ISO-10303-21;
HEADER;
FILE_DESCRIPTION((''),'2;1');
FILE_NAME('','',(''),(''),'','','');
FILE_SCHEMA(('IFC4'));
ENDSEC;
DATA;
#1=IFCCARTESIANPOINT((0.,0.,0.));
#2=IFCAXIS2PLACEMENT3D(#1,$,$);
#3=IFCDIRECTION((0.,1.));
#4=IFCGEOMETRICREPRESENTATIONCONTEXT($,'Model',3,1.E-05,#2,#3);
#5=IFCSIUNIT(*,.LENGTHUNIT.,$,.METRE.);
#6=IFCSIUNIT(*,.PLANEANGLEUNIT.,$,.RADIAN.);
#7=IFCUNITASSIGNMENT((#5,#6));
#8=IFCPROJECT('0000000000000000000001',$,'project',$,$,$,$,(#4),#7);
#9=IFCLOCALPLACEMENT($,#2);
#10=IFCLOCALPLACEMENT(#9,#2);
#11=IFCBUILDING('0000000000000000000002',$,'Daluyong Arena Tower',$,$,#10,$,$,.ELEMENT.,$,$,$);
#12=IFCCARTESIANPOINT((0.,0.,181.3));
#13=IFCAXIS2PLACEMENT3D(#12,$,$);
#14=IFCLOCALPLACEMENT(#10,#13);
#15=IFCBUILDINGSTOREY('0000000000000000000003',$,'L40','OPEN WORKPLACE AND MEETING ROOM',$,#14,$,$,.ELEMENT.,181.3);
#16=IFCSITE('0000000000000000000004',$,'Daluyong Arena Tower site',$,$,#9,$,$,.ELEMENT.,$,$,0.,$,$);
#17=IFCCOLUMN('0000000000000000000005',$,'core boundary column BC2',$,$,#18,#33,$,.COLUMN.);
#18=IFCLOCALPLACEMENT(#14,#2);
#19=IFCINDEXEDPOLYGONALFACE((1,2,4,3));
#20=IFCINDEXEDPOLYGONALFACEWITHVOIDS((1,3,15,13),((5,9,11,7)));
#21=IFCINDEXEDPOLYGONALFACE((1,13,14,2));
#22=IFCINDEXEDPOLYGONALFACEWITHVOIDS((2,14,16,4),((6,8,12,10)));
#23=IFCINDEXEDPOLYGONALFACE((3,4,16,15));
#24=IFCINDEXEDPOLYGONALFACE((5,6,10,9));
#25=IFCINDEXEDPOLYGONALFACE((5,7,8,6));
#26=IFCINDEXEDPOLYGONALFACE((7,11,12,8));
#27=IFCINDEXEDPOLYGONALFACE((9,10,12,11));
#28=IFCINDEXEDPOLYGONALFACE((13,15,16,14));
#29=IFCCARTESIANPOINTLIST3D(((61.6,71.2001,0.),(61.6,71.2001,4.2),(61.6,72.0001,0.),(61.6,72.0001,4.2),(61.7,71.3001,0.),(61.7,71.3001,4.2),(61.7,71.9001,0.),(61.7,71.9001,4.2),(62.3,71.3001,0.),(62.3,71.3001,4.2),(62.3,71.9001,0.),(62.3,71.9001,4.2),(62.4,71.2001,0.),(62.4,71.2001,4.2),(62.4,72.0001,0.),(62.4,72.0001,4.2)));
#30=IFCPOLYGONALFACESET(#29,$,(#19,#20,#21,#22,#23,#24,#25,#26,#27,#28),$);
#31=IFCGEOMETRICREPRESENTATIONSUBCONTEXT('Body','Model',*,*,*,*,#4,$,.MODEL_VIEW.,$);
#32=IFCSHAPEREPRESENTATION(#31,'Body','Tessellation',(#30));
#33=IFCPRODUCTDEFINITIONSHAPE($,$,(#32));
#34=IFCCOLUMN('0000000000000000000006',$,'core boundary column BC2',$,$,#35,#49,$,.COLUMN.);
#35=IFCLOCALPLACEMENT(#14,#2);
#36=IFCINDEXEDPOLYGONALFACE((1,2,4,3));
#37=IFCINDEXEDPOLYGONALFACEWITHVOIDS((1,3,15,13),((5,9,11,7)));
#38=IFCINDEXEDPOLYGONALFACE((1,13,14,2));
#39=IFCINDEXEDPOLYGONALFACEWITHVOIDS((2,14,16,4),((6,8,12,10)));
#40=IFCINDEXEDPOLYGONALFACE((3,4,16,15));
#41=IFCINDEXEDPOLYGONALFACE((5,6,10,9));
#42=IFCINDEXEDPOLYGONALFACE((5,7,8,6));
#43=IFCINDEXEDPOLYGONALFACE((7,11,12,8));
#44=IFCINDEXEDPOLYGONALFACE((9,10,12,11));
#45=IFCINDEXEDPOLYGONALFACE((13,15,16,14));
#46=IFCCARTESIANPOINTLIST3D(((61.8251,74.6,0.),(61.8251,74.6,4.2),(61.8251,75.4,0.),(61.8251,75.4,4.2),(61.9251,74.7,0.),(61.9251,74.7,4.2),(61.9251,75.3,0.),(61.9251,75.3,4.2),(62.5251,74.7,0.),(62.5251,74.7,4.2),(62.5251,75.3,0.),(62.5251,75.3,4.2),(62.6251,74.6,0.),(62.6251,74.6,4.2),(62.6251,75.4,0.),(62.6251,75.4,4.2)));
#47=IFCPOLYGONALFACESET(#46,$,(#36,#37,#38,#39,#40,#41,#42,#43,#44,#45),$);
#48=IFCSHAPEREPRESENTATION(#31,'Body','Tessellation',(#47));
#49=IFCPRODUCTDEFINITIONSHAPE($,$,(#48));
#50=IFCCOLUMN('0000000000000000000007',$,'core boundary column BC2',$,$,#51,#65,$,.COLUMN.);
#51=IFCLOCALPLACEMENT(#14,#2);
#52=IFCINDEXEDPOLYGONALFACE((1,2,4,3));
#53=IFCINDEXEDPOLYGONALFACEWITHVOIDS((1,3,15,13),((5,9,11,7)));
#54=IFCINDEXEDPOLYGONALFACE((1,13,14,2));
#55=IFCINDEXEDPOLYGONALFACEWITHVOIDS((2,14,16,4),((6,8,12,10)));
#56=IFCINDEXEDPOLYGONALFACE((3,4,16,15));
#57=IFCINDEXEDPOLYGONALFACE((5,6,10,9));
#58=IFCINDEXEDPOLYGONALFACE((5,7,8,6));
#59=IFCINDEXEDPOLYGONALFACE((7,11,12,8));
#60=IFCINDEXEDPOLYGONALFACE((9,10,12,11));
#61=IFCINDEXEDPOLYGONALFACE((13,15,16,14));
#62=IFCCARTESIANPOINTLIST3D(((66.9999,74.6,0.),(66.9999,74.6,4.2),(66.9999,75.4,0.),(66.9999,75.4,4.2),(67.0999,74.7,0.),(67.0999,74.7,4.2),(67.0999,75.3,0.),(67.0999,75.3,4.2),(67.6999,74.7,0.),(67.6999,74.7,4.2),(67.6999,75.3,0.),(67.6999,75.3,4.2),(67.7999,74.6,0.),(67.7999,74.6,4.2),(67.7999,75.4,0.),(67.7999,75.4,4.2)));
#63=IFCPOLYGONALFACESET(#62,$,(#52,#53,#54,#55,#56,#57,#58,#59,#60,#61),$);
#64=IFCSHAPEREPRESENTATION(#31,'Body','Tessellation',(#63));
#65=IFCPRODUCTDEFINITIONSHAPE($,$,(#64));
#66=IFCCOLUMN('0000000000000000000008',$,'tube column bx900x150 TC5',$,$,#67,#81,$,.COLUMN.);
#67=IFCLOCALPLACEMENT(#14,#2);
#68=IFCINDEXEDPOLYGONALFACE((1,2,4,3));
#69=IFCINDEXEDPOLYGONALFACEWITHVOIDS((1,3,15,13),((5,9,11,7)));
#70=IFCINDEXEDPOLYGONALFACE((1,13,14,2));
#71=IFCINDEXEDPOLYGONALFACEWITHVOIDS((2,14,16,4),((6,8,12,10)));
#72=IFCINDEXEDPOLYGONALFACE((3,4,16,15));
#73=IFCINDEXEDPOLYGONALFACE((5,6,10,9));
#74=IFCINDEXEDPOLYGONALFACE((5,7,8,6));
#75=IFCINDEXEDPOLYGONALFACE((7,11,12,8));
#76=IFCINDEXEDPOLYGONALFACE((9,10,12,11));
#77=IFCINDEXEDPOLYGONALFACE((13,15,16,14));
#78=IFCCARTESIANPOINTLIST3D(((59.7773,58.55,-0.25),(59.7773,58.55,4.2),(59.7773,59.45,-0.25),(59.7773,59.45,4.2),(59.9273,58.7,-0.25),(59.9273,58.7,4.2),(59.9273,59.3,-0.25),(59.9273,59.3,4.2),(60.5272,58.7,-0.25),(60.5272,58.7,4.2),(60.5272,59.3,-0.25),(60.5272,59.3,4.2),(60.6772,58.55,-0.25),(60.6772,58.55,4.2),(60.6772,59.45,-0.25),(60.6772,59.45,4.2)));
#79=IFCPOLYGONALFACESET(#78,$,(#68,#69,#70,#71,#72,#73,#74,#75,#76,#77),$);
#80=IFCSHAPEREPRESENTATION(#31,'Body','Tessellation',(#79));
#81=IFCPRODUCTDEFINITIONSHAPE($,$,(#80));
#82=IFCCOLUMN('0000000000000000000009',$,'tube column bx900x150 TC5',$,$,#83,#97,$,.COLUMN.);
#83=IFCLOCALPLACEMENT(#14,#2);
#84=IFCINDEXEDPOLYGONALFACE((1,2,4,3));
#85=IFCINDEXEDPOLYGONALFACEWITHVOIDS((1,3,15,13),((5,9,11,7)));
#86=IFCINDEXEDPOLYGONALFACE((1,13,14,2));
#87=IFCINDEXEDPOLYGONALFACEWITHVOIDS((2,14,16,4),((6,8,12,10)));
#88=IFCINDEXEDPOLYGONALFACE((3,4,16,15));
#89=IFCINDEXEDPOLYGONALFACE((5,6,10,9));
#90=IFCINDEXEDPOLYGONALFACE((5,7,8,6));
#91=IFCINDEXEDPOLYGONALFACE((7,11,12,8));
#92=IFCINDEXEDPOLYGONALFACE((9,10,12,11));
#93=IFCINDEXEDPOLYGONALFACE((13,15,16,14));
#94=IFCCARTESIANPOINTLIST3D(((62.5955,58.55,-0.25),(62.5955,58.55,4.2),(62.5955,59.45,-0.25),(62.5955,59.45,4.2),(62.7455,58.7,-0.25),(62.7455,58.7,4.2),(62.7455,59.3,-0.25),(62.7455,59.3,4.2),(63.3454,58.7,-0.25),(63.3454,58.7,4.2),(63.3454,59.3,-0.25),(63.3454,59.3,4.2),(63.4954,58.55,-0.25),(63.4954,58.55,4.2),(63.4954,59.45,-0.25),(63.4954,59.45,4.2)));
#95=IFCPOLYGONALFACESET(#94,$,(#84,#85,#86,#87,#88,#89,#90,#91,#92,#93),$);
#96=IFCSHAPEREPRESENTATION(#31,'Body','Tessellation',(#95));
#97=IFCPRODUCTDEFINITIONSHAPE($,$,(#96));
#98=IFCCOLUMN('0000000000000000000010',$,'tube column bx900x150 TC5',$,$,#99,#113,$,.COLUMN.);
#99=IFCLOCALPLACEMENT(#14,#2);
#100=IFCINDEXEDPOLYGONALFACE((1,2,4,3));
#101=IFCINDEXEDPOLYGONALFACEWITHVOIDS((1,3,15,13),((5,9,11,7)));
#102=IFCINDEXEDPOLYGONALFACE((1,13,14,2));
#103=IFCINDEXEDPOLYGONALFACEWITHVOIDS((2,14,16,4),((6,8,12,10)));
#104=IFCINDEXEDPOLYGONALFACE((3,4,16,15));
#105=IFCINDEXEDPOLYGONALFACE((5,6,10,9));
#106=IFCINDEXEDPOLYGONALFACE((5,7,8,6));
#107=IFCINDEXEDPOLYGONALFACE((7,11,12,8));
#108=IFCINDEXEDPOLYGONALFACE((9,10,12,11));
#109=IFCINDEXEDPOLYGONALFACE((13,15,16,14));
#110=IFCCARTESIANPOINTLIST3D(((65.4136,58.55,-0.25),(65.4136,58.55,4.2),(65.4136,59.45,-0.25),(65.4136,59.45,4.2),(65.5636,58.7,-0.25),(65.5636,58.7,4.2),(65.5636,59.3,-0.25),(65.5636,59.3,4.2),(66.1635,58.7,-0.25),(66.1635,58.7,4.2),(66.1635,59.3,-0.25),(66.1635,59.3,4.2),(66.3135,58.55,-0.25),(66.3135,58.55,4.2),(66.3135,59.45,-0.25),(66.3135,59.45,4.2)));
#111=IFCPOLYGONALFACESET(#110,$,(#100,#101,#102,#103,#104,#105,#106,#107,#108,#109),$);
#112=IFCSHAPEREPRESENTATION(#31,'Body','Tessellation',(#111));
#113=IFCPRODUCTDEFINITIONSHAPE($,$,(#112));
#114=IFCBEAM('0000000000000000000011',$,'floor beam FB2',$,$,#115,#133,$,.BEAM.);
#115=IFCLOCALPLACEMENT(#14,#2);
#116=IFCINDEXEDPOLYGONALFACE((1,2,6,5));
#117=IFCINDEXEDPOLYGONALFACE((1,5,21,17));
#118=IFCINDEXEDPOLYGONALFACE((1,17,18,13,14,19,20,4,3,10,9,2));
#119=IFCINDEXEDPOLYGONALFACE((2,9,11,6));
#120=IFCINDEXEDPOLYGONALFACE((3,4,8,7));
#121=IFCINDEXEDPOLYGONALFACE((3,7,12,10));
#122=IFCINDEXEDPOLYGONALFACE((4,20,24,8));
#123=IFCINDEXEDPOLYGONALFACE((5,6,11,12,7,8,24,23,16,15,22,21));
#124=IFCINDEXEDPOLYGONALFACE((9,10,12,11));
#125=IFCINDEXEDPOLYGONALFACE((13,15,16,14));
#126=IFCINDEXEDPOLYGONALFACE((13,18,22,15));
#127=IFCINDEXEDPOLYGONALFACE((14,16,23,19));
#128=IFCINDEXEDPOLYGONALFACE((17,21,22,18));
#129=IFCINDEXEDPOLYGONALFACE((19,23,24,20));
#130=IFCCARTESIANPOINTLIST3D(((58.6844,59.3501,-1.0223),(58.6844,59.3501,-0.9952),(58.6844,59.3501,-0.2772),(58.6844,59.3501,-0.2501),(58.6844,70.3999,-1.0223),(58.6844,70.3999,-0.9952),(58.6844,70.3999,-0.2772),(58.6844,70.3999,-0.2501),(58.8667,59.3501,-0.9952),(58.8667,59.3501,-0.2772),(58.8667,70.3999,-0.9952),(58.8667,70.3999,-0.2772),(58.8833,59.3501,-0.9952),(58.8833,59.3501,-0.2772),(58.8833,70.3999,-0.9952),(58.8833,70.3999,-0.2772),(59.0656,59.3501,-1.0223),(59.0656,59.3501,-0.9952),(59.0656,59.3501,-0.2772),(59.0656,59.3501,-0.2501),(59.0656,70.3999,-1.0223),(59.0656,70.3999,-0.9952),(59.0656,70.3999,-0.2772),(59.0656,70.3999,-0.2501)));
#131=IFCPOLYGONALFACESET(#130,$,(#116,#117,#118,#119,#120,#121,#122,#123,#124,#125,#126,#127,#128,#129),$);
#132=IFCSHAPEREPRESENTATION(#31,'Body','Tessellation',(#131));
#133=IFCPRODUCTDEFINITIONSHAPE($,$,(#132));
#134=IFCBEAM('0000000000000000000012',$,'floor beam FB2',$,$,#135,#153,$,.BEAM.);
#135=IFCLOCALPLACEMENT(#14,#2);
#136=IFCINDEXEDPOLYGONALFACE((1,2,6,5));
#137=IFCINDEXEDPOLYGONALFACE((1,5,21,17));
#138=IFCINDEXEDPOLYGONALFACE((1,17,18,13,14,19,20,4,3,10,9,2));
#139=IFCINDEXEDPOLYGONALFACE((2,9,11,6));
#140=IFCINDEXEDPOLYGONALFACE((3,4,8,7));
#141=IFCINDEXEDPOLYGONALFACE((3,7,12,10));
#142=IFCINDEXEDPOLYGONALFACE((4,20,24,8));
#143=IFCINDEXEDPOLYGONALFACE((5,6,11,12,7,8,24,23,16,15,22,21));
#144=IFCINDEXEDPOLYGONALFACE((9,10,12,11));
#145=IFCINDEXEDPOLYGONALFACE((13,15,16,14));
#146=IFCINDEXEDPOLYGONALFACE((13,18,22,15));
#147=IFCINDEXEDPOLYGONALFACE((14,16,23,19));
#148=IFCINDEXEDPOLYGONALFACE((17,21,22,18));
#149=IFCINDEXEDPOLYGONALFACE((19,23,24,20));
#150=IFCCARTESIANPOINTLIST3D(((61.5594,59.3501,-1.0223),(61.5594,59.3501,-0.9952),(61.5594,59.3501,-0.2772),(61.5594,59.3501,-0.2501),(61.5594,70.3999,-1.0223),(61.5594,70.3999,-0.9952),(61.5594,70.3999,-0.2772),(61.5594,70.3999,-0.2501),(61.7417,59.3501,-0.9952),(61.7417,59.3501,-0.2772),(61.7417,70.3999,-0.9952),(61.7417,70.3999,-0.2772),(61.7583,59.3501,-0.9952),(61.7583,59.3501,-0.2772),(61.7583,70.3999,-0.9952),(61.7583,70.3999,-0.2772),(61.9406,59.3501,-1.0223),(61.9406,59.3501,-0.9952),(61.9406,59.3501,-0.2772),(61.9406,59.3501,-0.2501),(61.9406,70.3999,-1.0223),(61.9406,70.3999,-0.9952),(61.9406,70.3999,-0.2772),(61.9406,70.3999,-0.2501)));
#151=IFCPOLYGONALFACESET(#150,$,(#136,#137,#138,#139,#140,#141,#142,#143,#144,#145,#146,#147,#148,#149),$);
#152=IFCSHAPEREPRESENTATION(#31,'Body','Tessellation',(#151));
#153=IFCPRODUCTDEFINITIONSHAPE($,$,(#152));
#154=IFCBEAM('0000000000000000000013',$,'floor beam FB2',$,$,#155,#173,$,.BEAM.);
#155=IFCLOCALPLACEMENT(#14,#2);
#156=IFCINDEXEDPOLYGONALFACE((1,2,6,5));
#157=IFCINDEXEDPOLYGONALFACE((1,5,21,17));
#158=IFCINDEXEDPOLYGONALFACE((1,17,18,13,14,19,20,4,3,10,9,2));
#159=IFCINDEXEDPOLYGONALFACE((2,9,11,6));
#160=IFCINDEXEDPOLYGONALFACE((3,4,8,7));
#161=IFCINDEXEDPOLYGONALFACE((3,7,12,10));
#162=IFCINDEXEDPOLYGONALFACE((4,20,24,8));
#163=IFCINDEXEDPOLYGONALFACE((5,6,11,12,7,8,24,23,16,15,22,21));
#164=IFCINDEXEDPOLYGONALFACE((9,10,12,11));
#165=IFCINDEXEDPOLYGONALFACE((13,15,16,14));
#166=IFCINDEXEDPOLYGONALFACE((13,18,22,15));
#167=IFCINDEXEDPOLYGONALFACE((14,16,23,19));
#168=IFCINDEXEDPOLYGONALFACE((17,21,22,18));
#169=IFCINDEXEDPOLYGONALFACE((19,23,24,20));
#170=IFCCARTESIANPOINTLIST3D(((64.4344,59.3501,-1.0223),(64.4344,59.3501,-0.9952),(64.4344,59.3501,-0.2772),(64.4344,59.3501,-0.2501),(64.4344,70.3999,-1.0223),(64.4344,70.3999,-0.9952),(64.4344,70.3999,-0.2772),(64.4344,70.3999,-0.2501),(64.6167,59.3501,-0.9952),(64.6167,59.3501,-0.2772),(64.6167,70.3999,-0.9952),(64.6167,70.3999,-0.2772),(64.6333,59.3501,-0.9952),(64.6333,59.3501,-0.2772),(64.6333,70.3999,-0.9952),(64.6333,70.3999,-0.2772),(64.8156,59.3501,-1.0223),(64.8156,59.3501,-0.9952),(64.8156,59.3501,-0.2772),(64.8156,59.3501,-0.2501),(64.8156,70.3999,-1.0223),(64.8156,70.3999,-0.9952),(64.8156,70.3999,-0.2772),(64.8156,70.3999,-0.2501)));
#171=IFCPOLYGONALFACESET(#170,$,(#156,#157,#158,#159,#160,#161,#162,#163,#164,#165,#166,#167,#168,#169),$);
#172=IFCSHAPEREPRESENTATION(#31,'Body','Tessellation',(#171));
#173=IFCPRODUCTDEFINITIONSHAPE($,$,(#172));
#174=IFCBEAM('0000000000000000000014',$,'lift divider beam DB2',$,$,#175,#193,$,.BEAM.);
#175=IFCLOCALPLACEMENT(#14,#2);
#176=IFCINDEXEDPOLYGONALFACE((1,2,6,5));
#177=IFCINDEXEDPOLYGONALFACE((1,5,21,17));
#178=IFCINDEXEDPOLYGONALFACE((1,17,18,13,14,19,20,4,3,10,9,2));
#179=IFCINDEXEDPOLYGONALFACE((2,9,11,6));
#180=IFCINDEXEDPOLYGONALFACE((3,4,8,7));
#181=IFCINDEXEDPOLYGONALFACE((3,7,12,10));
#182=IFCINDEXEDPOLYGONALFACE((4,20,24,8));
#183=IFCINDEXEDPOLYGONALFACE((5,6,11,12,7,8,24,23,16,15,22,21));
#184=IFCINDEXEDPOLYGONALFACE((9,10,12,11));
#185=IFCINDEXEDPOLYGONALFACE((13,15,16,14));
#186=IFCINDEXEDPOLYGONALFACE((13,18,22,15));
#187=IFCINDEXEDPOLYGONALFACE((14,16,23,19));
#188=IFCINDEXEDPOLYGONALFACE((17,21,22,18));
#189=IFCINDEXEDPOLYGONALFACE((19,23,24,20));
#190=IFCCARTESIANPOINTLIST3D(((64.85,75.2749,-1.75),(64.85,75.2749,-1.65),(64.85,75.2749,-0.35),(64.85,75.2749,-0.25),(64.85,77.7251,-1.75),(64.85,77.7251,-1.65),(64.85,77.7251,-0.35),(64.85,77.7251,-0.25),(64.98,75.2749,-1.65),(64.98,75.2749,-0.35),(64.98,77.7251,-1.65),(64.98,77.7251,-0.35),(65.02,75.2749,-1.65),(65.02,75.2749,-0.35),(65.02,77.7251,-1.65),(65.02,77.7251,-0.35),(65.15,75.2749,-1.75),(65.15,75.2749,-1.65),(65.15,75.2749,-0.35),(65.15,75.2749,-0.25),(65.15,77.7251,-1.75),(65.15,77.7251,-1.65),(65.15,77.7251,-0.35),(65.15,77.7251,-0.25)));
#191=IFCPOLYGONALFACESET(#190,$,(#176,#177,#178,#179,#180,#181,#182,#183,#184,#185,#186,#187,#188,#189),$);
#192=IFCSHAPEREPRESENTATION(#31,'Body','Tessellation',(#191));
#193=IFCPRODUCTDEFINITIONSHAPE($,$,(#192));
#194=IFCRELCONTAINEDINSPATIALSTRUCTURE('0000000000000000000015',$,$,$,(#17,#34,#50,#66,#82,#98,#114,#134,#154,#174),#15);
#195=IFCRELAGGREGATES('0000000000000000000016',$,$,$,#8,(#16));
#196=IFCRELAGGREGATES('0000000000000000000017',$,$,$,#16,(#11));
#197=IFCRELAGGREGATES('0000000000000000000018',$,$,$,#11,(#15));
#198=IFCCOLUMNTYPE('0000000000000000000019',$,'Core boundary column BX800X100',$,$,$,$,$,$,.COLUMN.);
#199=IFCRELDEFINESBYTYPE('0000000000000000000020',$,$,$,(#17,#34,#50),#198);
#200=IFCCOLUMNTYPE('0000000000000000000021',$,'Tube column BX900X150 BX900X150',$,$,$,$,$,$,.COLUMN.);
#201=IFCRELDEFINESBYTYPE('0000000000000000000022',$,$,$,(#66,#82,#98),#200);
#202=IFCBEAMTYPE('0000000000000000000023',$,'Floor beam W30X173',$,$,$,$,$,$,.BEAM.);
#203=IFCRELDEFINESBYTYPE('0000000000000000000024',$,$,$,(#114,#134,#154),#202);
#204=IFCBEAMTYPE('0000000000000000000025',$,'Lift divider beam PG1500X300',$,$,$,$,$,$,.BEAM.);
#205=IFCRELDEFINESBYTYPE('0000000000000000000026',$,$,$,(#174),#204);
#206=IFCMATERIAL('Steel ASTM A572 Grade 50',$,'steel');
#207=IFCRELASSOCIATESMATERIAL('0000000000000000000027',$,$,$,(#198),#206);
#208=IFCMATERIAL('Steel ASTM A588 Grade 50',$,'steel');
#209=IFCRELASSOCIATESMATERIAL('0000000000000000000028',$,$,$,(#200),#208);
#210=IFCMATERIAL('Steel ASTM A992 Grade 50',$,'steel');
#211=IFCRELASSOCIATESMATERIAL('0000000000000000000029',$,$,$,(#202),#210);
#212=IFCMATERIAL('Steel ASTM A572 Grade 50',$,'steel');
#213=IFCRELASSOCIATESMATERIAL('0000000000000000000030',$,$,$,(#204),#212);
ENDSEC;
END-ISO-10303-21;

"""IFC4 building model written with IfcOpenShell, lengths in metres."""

from ifc_helpers import new_model, si_unit, direction, frame, origin, origin_2d, place, context, subcontext, project, spatial, hollow_rectangle, i_section, extrude, material, material_profile, profile_set, type_object, element, save


model = new_model("IFC4")

# Units and contexts
model_context = context("Model", 3, precision=1e-05, world=origin(), true_north=direction((0.0, 1.0)))
body_context = subcontext(model_context, "Body", "Model", "MODEL_VIEW")
ifc_project = project(units=[si_unit("LENGTHUNIT", "METRE"), si_unit("PLANEANGLEUNIT", "RADIAN")], contexts=[model_context])

# Site, building, storey
site_placement = place(None, origin())
site = spatial("IfcSite", under=ifc_project, at=site_placement, Name="Daluyong Arena Tower site", CompositionType="ELEMENT", RefElevation=0.0)
building_placement = place(site_placement, origin())
building = spatial("IfcBuilding", under=site, at=building_placement, Name="Daluyong Arena Tower", CompositionType="ELEMENT")
storey_placement = place(building_placement, frame((0.0, 0.0, 181.3)))
storey = spatial("IfcBuildingStorey", under=building, at=storey_placement, Name="L40", Description="OPEN WORKPLACE AND MEETING ROOM", CompositionType="ELEMENT", Elevation=181.3)

# Columns
ifc_material_1 = material(Name="Steel ASTM A572 Grade 50", Category="steel")
ifc_material_profile_1 = material_profile(ifc_material_1, hollow_rectangle(XDim=0.8, YDim=0.8, WallThickness=0.1, at=origin_2d()))
ifc_profile_set_1 = profile_set([ifc_material_profile_1], Name="Steel ASTM A572 Grade 50")
column_type_1 = type_object("IfcColumnType", Name="Core boundary column BX800X100", PredefinedType="COLUMN", material=ifc_profile_set_1)
for number, where, z_axis, x_axis, name in (
    (1, (62.0, 71.6001, 0.0), (0.0, 0.0, 1.0), (1.0, 0.0, 0.0), "core boundary column BC2"),
    (2, (62.2251, 75.0, 0.0), (0.0, 0.0, 1.0), (1.0, 0.0, 0.0), "core boundary column BC2"),
    (3, (67.3999, 75.0, 0.0), (0.0, 0.0, 1.0), (1.0, 0.0, 0.0), "core boundary column BC2"),
):
    element("IfcColumn", number, at=place(storey_placement, frame(where, z_axis=z_axis, x_axis=x_axis)), inside=storey, type_object=column_type_1, Name=name, PredefinedType="COLUMN", context=body_context, shape_type="SweptSolid", body=[
        extrude(hollow_rectangle(XDim=0.8, YDim=0.8, WallThickness=0.1, at=origin_2d()), origin(), (0.0, 0.0, 1.0), 4.2),
    ])
ifc_material_2 = material(Name="Steel ASTM A588 Grade 50", Category="steel")
ifc_material_profile_2 = material_profile(ifc_material_2, hollow_rectangle(XDim=0.8999, YDim=0.8999, WallThickness=0.15, at=origin_2d()))
ifc_profile_set_2 = profile_set([ifc_material_profile_2], Name="Steel ASTM A588 Grade 50")
column_type_2 = type_object("IfcColumnType", Name="Tube column BX900X150 BX900X150", PredefinedType="COLUMN", material=ifc_profile_set_2)
for number, where, z_axis, x_axis, name in (
    (4, (60.2273, 59.0, -0.25), (0.0, 0.0, 1.0), (1.0, 0.0, 0.0), "tube column bx900x150 TC5"),
    (5, (63.0454, 59.0, -0.25), (0.0, 0.0, 1.0), (1.0, 0.0, 0.0), "tube column bx900x150 TC5"),
    (6, (65.8635, 59.0, -0.25), (0.0, 0.0, 1.0), (1.0, 0.0, 0.0), "tube column bx900x150 TC5"),
):
    element("IfcColumn", number, at=place(storey_placement, frame(where, z_axis=z_axis, x_axis=x_axis)), inside=storey, type_object=column_type_2, Name=name, PredefinedType="COLUMN", context=body_context, shape_type="SweptSolid", body=[
        extrude(hollow_rectangle(XDim=0.8999, YDim=0.8999, WallThickness=0.15, at=origin_2d()), origin(), (0.0, 0.0, 1.0), 4.45),
    ])

# Beams
ifc_material_3 = material(Name="Steel ASTM A992 Grade 50", Category="steel")
ifc_material_profile_3 = material_profile(ifc_material_3, i_section(OverallWidth=0.3811, OverallDepth=0.7722, WebThickness=0.0166, FlangeThickness=0.0271, at=origin_2d()))
ifc_profile_set_3 = profile_set([ifc_material_profile_3], Name="Steel ASTM A992 Grade 50")
beam_type_1 = type_object("IfcBeamType", Name="Floor beam W30X173", PredefinedType="BEAM", material=ifc_profile_set_3)
for number, where, z_axis, x_axis, name in (
    (7, (58.875, 59.3501, -0.6362), (0.0, 1.0, 0.0), (-1.0, 0.0, 0.0), "floor beam FB2"),
    (8, (61.75, 59.3501, -0.6362), (0.0, 1.0, 0.0), (-1.0, 0.0, 0.0), "floor beam FB2"),
    (9, (64.625, 59.3501, -0.6362), (0.0, 1.0, 0.0), (-1.0, 0.0, 0.0), "floor beam FB2"),
):
    element("IfcBeam", number, at=place(storey_placement, frame(where, z_axis=z_axis, x_axis=x_axis)), inside=storey, type_object=beam_type_1, Name=name, PredefinedType="BEAM", context=body_context, shape_type="SweptSolid", body=[
        extrude(i_section(OverallWidth=0.3811, OverallDepth=0.7722, WebThickness=0.0166, FlangeThickness=0.0271, at=origin_2d()), origin(), (0.0, 0.0, 1.0), 11.0498),
    ])
ifc_material_4 = material(Name="Steel ASTM A572 Grade 50", Category="steel")
ifc_material_profile_4 = material_profile(ifc_material_4, i_section(OverallWidth=0.3, OverallDepth=1.5, WebThickness=0.04, FlangeThickness=0.1, at=origin_2d()))
ifc_profile_set_4 = profile_set([ifc_material_profile_4], Name="Steel ASTM A572 Grade 50")
beam_type_2 = type_object("IfcBeamType", Name="Lift divider beam PG1500X300", PredefinedType="BEAM", material=ifc_profile_set_4)
beam_placement = place(storey_placement, frame((65.0, 75.2749, -1.0), z_axis=(0.0, 1.0, 0.0), x_axis=(-1.0, 0.0, 0.0)))
element("IfcBeam", 10, at=beam_placement, inside=storey, type_object=beam_type_2, Name="lift divider beam DB2", PredefinedType="BEAM", context=body_context, shape_type="SweptSolid", body=[
    extrude(i_section(OverallWidth=0.3, OverallDepth=1.5, WebThickness=0.04, FlangeThickness=0.1, at=origin_2d()), origin(), (0.0, 0.0, 1.0), 2.4502),
])

save(model, "model.ifc")
